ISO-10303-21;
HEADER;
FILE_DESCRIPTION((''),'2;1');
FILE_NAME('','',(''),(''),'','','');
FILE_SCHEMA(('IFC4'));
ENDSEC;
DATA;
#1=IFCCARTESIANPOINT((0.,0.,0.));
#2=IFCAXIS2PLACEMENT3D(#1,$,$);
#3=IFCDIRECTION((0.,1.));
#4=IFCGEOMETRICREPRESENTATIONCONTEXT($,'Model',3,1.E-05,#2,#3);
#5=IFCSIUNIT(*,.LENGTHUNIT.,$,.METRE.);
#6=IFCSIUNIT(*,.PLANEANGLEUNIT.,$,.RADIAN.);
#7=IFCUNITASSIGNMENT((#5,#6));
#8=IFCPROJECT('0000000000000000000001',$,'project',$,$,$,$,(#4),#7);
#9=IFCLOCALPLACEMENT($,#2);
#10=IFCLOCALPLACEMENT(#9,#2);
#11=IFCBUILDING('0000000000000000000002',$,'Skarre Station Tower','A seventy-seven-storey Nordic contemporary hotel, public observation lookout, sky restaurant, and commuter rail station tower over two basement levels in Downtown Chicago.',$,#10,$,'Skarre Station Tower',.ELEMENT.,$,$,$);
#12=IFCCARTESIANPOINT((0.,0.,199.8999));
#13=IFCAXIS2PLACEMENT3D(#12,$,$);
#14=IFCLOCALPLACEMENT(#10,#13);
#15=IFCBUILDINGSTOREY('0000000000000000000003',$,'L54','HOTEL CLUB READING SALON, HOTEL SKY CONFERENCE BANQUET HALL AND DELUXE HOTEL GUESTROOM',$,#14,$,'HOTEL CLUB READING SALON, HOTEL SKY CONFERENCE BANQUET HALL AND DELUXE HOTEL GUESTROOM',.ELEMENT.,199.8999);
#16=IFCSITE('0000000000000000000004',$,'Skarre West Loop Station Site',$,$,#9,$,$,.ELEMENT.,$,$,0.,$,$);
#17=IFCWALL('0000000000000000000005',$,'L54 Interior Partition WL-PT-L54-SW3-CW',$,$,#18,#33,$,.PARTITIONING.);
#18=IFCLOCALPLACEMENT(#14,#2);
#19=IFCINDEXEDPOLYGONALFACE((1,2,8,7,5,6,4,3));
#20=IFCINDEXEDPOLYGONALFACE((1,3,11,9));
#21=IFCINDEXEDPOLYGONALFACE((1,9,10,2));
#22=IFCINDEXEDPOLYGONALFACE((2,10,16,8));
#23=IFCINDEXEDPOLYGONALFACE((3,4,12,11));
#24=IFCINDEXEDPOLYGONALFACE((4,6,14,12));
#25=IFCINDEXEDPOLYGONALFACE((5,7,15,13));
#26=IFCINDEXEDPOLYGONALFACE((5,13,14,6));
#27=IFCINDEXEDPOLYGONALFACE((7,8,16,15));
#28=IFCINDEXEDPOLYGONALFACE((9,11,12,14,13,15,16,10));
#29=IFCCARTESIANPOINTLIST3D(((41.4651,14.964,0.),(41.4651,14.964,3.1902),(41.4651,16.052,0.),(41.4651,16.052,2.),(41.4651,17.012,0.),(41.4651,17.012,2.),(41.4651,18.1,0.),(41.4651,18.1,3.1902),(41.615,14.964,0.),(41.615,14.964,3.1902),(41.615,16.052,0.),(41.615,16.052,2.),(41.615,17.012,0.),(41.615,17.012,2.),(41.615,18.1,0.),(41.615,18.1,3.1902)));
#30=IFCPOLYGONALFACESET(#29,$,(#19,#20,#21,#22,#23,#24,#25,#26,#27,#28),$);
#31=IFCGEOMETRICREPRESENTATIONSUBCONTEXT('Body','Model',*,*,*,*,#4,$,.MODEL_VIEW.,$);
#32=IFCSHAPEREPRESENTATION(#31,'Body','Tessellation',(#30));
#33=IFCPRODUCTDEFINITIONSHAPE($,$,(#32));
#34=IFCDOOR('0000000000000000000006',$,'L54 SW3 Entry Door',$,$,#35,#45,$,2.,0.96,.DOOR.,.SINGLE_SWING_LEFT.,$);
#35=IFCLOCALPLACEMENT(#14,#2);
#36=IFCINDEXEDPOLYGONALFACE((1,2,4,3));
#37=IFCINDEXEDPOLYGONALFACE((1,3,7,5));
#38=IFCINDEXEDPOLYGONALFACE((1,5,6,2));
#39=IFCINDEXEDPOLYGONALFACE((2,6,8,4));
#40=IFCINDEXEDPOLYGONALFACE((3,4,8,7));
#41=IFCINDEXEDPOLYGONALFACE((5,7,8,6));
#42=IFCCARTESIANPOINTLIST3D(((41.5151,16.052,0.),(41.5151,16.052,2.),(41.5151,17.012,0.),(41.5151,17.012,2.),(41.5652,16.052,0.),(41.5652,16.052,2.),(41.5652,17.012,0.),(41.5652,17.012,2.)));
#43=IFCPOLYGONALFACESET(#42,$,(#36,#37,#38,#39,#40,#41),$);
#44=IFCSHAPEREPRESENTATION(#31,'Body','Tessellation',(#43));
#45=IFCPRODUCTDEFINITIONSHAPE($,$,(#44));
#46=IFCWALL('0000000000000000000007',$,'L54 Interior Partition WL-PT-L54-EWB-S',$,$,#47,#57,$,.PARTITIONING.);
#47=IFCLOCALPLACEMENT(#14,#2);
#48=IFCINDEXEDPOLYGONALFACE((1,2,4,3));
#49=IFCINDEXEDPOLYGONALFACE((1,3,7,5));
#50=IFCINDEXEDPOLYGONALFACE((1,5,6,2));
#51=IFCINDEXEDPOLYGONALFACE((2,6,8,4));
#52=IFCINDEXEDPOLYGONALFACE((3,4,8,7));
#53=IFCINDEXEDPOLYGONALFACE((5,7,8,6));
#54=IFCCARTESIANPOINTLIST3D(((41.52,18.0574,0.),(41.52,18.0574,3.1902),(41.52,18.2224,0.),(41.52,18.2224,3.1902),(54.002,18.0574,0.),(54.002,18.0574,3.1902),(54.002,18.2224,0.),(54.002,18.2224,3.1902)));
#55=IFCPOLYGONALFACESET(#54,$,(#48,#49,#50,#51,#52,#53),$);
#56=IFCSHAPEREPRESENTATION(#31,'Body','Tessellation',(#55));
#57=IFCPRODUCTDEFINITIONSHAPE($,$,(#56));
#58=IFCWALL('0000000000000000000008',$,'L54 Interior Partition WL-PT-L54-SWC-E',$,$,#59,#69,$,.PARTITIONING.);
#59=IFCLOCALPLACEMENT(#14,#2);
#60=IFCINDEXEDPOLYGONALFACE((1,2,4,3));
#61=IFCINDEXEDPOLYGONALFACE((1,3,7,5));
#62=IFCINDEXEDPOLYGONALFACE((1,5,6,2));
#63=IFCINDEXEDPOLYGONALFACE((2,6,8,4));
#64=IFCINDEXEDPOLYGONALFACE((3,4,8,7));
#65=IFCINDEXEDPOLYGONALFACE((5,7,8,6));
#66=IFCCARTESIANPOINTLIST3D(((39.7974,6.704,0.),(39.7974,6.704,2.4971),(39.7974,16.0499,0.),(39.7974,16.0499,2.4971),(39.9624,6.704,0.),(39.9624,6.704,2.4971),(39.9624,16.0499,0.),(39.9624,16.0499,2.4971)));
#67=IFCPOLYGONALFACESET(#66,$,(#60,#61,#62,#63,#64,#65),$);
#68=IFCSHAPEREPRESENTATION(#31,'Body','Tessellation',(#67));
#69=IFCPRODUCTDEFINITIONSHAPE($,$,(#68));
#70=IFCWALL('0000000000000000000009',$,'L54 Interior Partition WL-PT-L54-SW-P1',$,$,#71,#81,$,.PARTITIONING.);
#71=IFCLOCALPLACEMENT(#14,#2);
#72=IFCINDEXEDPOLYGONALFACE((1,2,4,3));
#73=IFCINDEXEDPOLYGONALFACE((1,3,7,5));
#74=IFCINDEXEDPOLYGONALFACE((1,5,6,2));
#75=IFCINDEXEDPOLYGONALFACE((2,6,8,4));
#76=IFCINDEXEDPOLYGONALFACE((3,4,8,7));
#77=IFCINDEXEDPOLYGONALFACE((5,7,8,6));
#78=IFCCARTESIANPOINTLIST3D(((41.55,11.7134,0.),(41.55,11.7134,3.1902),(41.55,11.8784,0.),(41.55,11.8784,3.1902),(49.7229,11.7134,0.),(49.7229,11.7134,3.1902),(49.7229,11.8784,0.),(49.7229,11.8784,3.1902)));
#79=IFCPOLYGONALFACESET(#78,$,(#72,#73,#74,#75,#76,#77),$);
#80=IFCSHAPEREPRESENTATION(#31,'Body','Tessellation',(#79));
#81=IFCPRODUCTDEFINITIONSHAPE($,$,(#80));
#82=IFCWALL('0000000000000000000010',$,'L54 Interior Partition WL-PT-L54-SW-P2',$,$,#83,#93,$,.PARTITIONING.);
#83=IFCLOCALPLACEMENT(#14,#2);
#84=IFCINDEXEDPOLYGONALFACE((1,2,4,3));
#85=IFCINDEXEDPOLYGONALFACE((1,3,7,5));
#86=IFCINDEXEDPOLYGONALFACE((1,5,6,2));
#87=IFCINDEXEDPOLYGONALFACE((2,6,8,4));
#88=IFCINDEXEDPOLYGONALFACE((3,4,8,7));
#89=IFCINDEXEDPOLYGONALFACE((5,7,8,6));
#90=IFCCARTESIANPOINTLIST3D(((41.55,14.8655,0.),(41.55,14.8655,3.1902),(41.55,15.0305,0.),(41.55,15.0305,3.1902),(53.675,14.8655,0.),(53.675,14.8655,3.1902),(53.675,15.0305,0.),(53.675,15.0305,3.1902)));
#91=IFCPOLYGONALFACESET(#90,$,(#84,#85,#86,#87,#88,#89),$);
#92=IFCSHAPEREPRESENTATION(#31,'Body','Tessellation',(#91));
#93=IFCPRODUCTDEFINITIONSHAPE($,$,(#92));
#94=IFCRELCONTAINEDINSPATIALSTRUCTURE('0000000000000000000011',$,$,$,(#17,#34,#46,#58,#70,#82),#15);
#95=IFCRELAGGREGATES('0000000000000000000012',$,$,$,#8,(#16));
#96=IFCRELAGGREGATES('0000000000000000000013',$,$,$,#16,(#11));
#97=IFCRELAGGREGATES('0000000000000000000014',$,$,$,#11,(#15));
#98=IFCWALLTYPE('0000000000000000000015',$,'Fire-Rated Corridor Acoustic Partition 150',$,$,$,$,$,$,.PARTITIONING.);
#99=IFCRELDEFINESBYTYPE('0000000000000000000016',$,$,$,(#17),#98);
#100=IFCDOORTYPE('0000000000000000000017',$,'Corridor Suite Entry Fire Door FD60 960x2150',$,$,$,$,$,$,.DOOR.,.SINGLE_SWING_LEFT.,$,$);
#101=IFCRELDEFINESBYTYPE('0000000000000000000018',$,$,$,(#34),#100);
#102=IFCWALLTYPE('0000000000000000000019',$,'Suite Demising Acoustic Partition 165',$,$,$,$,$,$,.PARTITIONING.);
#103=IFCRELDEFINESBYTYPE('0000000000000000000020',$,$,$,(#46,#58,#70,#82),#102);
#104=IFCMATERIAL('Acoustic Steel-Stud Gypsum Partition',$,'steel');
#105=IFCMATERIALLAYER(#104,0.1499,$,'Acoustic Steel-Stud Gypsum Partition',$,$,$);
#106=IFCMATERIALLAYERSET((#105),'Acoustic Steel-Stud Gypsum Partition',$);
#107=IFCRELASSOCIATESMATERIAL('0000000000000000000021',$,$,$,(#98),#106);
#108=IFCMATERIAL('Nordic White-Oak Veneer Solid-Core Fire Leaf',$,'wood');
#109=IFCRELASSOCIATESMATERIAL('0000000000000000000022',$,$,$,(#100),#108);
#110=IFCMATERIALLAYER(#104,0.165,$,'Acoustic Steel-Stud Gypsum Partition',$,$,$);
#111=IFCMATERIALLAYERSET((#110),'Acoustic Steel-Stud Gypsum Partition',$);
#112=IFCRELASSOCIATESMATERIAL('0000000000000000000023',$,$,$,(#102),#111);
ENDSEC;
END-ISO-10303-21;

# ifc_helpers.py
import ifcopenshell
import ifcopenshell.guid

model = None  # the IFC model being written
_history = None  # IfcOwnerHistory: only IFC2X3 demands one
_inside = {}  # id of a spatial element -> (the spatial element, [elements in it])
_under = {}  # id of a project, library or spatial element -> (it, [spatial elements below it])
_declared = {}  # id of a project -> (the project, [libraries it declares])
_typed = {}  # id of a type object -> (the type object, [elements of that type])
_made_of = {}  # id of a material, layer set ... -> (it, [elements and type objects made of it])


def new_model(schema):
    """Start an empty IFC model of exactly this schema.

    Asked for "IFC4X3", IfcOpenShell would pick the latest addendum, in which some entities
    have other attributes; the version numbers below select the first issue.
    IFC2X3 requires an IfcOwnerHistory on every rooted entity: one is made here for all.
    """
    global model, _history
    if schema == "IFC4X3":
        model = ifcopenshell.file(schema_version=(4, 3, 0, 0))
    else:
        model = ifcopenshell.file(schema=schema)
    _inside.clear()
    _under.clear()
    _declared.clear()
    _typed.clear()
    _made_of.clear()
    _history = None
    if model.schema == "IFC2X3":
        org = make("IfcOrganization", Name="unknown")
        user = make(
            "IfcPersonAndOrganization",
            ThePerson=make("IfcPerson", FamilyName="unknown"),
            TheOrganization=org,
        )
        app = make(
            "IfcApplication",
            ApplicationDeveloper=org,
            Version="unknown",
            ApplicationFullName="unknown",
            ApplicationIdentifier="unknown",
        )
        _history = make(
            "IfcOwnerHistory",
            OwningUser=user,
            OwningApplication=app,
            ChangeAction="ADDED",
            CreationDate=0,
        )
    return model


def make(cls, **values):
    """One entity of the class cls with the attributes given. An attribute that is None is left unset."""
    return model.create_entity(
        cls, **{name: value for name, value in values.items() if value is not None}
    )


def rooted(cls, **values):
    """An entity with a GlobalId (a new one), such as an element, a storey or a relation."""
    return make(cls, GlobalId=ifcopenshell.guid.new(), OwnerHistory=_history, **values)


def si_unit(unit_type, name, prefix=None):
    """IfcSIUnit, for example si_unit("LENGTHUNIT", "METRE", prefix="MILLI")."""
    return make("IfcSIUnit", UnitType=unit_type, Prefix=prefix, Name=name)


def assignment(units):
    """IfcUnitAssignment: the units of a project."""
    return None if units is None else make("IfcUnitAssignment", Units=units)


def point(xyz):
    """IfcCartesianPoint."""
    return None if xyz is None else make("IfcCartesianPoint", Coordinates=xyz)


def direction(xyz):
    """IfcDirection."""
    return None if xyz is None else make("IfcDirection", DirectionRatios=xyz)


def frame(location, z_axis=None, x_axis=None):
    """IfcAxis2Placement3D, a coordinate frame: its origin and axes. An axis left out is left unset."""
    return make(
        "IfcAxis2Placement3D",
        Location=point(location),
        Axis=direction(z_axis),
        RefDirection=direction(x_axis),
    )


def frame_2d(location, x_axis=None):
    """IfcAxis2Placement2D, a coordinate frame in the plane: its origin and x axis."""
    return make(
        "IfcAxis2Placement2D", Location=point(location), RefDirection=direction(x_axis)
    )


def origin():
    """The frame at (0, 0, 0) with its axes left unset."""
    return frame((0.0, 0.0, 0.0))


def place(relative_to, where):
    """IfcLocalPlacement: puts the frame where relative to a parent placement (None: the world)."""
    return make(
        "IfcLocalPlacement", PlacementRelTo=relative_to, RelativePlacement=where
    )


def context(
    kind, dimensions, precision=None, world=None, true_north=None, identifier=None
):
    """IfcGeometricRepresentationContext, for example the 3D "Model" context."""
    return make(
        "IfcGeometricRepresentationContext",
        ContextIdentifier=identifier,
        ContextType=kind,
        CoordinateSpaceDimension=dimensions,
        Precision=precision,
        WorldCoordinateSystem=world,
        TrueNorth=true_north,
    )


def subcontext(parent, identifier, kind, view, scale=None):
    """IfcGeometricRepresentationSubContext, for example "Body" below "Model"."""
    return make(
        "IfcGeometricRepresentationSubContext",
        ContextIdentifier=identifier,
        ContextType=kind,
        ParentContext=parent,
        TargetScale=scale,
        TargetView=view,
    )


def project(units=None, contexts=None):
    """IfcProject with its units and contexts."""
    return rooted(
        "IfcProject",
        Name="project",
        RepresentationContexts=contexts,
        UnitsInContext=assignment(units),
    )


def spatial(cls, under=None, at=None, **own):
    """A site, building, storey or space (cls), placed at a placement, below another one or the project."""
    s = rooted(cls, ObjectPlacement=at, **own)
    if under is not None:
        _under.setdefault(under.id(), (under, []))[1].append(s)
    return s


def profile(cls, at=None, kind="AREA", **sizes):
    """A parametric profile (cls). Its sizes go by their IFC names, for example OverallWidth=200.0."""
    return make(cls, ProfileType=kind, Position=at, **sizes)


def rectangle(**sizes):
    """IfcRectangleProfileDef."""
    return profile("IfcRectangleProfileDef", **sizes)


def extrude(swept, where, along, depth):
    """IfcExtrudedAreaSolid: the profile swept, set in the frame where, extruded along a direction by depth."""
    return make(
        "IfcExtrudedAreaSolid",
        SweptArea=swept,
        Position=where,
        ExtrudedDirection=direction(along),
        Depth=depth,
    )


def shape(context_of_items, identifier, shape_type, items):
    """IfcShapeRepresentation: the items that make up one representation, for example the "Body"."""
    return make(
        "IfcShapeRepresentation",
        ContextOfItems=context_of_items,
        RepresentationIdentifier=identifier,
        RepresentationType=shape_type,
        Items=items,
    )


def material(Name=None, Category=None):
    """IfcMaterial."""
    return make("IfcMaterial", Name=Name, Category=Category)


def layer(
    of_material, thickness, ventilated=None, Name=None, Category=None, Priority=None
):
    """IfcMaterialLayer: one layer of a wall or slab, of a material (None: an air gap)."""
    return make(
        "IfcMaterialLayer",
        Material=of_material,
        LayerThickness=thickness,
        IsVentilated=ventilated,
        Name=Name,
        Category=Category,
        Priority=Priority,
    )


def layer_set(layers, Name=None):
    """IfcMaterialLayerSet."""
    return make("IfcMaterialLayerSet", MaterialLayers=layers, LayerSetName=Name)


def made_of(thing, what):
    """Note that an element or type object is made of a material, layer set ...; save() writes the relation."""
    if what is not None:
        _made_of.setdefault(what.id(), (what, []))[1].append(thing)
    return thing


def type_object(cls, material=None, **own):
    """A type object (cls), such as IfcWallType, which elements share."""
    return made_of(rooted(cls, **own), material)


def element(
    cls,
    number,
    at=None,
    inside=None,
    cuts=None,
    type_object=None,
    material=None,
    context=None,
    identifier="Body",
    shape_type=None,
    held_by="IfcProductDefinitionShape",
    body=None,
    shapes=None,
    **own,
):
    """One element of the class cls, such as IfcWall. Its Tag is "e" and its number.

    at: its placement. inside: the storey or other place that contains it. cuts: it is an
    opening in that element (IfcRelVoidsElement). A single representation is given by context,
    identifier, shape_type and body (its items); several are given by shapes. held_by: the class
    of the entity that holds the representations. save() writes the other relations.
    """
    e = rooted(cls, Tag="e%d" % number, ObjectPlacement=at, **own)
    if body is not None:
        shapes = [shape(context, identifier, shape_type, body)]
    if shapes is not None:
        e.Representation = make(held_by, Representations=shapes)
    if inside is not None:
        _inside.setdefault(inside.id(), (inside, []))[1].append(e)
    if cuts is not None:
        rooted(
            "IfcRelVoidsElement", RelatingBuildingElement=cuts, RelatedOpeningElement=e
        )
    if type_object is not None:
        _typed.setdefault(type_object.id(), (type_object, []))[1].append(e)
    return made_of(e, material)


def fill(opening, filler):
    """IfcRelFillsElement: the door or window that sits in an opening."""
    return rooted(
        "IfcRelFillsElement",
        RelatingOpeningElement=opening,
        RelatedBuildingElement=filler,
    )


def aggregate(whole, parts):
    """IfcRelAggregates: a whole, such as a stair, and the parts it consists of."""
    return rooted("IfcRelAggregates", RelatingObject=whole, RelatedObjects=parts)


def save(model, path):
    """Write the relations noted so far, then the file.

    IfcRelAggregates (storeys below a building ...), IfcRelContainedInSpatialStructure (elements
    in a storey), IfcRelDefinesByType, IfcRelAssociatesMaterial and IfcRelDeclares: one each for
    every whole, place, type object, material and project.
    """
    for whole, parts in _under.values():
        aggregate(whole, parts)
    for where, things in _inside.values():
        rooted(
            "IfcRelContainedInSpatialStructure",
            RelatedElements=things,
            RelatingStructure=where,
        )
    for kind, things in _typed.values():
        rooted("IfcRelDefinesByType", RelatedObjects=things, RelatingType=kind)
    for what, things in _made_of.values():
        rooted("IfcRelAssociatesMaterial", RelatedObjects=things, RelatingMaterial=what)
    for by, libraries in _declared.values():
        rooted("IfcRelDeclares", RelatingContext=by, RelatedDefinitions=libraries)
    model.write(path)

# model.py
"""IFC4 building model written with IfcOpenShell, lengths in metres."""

from ifc_helpers import new_model, si_unit, direction, frame, frame_2d, origin, place, context, subcontext, project, spatial, rectangle, extrude, material, layer, layer_set, type_object, element, fill, save


model = new_model("IFC4")

# Units and contexts
model_context = context("Model", 3, precision=1e-05, world=origin(), true_north=direction((0.0, 1.0)))
body_context = subcontext(model_context, "Body", "Model", "MODEL_VIEW")
ifc_project = project(units=[si_unit("LENGTHUNIT", "METRE"), si_unit("PLANEANGLEUNIT", "RADIAN")], contexts=[model_context])

# Site, building, storey
site_placement = place(None, origin())
site = spatial("IfcSite", under=ifc_project, at=site_placement, Name="Skarre West Loop Station Site", CompositionType="ELEMENT", RefElevation=0.0)
building_placement = place(site_placement, origin())
building = spatial("IfcBuilding", under=site, at=building_placement, Name="Skarre Station Tower", Description="A seventy-seven-storey Nordic contemporary hotel, public observation lookout, sky restaurant, and commuter rail station tower over two basement levels in Downtown Chicago.", LongName="Skarre Station Tower", CompositionType="ELEMENT")
storey_placement = place(building_placement, frame((0.0, 0.0, 199.8999)))
storey = spatial("IfcBuildingStorey", under=building, at=storey_placement, Name="L54", Description="HOTEL CLUB READING SALON, HOTEL SKY CONFERENCE BANQUET HALL AND DELUXE HOTEL GUESTROOM", LongName="HOTEL CLUB READING SALON, HOTEL SKY CONFERENCE BANQUET HALL AND DELUXE HOTEL GUESTROOM", CompositionType="ELEMENT", Elevation=199.8999)

# Shared definitions
ifc_material_1 = material(Name="Acoustic Steel-Stud Gypsum Partition", Category="steel")
ifc_layer_1 = layer(ifc_material_1, 0.1499, Name="Acoustic Steel-Stud Gypsum Partition")
ifc_layer_set_1 = layer_set([ifc_layer_1], Name="Acoustic Steel-Stud Gypsum Partition")
wall_type_1 = type_object("IfcWallType", Name="Fire-Rated Corridor Acoustic Partition 150", PredefinedType="PARTITIONING", material=ifc_layer_set_1)

# Wall, opening, door
ifc_material_2 = material(Name="Nordic White-Oak Veneer Solid-Core Fire Leaf", Category="wood")
door_type = type_object("IfcDoorType", Name="Corridor Suite Entry Fire Door FD60 960x2150", OperationType="SINGLE_SWING_LEFT", PredefinedType="DOOR", material=ifc_material_2)
wall_1_placement = place(storey_placement, frame((41.54, 14.9641, 0.0), z_axis=(0.0, 0.0, 1.0), x_axis=(0.0, 1.0, 0.0)))
wall_1 = element("IfcWall", 1, at=wall_1_placement, inside=storey, type_object=wall_type_1, Name="L54 Interior Partition WL-PT-L54-SW3-CW", PredefinedType="PARTITIONING", context=body_context, shape_type="SweptSolid", body=[
    extrude(rectangle(XDim=3.136, YDim=0.1499, at=frame_2d((1.5679, 0.0))), origin(), (0.0, 0.0, 1.0), 3.1902),
])
opening_1_placement = place(wall_1_placement, frame((1.0879, 0.0, 0.0)))
opening_1 = element("IfcOpeningElement", 2, at=opening_1_placement, cuts=wall_1, PredefinedType="OPENING", context=body_context, shape_type="SweptSolid", body=[
    extrude(rectangle(XDim=0.96, YDim=2.0, at=frame_2d((0.48, 1.0))), frame((0.0, 0.085, 0.0), z_axis=(0.0, -1.0, 0.0), x_axis=(1.0, 0.0, 0.0)), (0.0, 0.0, 1.0), 0.1699),
])
door_1_placement = place(opening_1_placement, origin())
door_1 = element("IfcDoor", 3, at=door_1_placement, inside=storey, type_object=door_type, Name="L54 SW3 Entry Door", OperationType="SINGLE_SWING_LEFT", OverallHeight=2.0, OverallWidth=0.96, PredefinedType="DOOR", context=body_context, shape_type="SweptSolid", body=[
    extrude(rectangle(XDim=0.96, YDim=2.0, at=frame_2d((0.48, 1.0))), frame((0.0, 0.0249, 0.0), z_axis=(0.0, -1.0, 0.0), x_axis=(1.0, 0.0, 0.0)), (0.0, 0.0, 1.0), 0.05),
])
fill(opening_1, door_1)

# Walls
ifc_layer_2 = layer(ifc_material_1, 0.165, Name="Acoustic Steel-Stud Gypsum Partition")
ifc_layer_set_2 = layer_set([ifc_layer_2], Name="Acoustic Steel-Stud Gypsum Partition")
wall_type_2 = type_object("IfcWallType", Name="Suite Demising Acoustic Partition 165", PredefinedType="PARTITIONING", material=ifc_layer_set_2)
wall_2_placement = place(storey_placement, frame((41.52, 18.1399, 0.0), z_axis=(0.0, 0.0, 1.0), x_axis=(1.0, 0.0, 0.0)))
element("IfcWall", 4, at=wall_2_placement, inside=storey, type_object=wall_type_2, Name="L54 Interior Partition WL-PT-L54-EWB-S", PredefinedType="PARTITIONING", context=body_context, shape_type="SweptSolid", body=[
    extrude(rectangle(XDim=12.4819, YDim=0.165, at=frame_2d((6.241, 0.0))), origin(), (0.0, 0.0, 1.0), 3.1902),
])
wall_3_placement = place(storey_placement, frame((39.8799, 6.7041, 0.0), z_axis=(0.0, 0.0, 1.0), x_axis=(0.0, 1.0, 0.0)))
element("IfcWall", 5, at=wall_3_placement, inside=storey, type_object=wall_type_2, Name="L54 Interior Partition WL-PT-L54-SWC-E", PredefinedType="PARTITIONING", context=body_context, shape_type="SweptSolid", body=[
    extrude(rectangle(XDim=9.3459, YDim=0.165, at=frame_2d((4.6729, 0.0))), origin(), (0.0, 0.0, 1.0), 2.4971),
])
wall_4_placement = place(storey_placement, frame((41.55, 11.7959, 0.0), z_axis=(0.0, 0.0, 1.0), x_axis=(1.0, 0.0, 0.0)))
element("IfcWall", 6, at=wall_4_placement, inside=storey, type_object=wall_type_2, Name="L54 Interior Partition WL-PT-L54-SW-P1", PredefinedType="PARTITIONING", context=body_context, shape_type="SweptSolid", body=[
    extrude(rectangle(XDim=8.1729, YDim=0.165, at=frame_2d((4.0864, 0.0))), origin(), (0.0, 0.0, 1.0), 3.1902),
])
wall_5_placement = place(storey_placement, frame((41.55, 14.948, 0.0), z_axis=(0.0, 0.0, 1.0), x_axis=(1.0, 0.0, 0.0)))
element("IfcWall", 7, at=wall_5_placement, inside=storey, type_object=wall_type_2, Name="L54 Interior Partition WL-PT-L54-SW-P2", PredefinedType="PARTITIONING", context=body_context, shape_type="SweptSolid", body=[
    extrude(rectangle(XDim=12.125, YDim=0.165, at=frame_2d((6.0625, 0.0))), origin(), (0.0, 0.0, 1.0), 3.1902),
])

save(model, "model.ifc")
